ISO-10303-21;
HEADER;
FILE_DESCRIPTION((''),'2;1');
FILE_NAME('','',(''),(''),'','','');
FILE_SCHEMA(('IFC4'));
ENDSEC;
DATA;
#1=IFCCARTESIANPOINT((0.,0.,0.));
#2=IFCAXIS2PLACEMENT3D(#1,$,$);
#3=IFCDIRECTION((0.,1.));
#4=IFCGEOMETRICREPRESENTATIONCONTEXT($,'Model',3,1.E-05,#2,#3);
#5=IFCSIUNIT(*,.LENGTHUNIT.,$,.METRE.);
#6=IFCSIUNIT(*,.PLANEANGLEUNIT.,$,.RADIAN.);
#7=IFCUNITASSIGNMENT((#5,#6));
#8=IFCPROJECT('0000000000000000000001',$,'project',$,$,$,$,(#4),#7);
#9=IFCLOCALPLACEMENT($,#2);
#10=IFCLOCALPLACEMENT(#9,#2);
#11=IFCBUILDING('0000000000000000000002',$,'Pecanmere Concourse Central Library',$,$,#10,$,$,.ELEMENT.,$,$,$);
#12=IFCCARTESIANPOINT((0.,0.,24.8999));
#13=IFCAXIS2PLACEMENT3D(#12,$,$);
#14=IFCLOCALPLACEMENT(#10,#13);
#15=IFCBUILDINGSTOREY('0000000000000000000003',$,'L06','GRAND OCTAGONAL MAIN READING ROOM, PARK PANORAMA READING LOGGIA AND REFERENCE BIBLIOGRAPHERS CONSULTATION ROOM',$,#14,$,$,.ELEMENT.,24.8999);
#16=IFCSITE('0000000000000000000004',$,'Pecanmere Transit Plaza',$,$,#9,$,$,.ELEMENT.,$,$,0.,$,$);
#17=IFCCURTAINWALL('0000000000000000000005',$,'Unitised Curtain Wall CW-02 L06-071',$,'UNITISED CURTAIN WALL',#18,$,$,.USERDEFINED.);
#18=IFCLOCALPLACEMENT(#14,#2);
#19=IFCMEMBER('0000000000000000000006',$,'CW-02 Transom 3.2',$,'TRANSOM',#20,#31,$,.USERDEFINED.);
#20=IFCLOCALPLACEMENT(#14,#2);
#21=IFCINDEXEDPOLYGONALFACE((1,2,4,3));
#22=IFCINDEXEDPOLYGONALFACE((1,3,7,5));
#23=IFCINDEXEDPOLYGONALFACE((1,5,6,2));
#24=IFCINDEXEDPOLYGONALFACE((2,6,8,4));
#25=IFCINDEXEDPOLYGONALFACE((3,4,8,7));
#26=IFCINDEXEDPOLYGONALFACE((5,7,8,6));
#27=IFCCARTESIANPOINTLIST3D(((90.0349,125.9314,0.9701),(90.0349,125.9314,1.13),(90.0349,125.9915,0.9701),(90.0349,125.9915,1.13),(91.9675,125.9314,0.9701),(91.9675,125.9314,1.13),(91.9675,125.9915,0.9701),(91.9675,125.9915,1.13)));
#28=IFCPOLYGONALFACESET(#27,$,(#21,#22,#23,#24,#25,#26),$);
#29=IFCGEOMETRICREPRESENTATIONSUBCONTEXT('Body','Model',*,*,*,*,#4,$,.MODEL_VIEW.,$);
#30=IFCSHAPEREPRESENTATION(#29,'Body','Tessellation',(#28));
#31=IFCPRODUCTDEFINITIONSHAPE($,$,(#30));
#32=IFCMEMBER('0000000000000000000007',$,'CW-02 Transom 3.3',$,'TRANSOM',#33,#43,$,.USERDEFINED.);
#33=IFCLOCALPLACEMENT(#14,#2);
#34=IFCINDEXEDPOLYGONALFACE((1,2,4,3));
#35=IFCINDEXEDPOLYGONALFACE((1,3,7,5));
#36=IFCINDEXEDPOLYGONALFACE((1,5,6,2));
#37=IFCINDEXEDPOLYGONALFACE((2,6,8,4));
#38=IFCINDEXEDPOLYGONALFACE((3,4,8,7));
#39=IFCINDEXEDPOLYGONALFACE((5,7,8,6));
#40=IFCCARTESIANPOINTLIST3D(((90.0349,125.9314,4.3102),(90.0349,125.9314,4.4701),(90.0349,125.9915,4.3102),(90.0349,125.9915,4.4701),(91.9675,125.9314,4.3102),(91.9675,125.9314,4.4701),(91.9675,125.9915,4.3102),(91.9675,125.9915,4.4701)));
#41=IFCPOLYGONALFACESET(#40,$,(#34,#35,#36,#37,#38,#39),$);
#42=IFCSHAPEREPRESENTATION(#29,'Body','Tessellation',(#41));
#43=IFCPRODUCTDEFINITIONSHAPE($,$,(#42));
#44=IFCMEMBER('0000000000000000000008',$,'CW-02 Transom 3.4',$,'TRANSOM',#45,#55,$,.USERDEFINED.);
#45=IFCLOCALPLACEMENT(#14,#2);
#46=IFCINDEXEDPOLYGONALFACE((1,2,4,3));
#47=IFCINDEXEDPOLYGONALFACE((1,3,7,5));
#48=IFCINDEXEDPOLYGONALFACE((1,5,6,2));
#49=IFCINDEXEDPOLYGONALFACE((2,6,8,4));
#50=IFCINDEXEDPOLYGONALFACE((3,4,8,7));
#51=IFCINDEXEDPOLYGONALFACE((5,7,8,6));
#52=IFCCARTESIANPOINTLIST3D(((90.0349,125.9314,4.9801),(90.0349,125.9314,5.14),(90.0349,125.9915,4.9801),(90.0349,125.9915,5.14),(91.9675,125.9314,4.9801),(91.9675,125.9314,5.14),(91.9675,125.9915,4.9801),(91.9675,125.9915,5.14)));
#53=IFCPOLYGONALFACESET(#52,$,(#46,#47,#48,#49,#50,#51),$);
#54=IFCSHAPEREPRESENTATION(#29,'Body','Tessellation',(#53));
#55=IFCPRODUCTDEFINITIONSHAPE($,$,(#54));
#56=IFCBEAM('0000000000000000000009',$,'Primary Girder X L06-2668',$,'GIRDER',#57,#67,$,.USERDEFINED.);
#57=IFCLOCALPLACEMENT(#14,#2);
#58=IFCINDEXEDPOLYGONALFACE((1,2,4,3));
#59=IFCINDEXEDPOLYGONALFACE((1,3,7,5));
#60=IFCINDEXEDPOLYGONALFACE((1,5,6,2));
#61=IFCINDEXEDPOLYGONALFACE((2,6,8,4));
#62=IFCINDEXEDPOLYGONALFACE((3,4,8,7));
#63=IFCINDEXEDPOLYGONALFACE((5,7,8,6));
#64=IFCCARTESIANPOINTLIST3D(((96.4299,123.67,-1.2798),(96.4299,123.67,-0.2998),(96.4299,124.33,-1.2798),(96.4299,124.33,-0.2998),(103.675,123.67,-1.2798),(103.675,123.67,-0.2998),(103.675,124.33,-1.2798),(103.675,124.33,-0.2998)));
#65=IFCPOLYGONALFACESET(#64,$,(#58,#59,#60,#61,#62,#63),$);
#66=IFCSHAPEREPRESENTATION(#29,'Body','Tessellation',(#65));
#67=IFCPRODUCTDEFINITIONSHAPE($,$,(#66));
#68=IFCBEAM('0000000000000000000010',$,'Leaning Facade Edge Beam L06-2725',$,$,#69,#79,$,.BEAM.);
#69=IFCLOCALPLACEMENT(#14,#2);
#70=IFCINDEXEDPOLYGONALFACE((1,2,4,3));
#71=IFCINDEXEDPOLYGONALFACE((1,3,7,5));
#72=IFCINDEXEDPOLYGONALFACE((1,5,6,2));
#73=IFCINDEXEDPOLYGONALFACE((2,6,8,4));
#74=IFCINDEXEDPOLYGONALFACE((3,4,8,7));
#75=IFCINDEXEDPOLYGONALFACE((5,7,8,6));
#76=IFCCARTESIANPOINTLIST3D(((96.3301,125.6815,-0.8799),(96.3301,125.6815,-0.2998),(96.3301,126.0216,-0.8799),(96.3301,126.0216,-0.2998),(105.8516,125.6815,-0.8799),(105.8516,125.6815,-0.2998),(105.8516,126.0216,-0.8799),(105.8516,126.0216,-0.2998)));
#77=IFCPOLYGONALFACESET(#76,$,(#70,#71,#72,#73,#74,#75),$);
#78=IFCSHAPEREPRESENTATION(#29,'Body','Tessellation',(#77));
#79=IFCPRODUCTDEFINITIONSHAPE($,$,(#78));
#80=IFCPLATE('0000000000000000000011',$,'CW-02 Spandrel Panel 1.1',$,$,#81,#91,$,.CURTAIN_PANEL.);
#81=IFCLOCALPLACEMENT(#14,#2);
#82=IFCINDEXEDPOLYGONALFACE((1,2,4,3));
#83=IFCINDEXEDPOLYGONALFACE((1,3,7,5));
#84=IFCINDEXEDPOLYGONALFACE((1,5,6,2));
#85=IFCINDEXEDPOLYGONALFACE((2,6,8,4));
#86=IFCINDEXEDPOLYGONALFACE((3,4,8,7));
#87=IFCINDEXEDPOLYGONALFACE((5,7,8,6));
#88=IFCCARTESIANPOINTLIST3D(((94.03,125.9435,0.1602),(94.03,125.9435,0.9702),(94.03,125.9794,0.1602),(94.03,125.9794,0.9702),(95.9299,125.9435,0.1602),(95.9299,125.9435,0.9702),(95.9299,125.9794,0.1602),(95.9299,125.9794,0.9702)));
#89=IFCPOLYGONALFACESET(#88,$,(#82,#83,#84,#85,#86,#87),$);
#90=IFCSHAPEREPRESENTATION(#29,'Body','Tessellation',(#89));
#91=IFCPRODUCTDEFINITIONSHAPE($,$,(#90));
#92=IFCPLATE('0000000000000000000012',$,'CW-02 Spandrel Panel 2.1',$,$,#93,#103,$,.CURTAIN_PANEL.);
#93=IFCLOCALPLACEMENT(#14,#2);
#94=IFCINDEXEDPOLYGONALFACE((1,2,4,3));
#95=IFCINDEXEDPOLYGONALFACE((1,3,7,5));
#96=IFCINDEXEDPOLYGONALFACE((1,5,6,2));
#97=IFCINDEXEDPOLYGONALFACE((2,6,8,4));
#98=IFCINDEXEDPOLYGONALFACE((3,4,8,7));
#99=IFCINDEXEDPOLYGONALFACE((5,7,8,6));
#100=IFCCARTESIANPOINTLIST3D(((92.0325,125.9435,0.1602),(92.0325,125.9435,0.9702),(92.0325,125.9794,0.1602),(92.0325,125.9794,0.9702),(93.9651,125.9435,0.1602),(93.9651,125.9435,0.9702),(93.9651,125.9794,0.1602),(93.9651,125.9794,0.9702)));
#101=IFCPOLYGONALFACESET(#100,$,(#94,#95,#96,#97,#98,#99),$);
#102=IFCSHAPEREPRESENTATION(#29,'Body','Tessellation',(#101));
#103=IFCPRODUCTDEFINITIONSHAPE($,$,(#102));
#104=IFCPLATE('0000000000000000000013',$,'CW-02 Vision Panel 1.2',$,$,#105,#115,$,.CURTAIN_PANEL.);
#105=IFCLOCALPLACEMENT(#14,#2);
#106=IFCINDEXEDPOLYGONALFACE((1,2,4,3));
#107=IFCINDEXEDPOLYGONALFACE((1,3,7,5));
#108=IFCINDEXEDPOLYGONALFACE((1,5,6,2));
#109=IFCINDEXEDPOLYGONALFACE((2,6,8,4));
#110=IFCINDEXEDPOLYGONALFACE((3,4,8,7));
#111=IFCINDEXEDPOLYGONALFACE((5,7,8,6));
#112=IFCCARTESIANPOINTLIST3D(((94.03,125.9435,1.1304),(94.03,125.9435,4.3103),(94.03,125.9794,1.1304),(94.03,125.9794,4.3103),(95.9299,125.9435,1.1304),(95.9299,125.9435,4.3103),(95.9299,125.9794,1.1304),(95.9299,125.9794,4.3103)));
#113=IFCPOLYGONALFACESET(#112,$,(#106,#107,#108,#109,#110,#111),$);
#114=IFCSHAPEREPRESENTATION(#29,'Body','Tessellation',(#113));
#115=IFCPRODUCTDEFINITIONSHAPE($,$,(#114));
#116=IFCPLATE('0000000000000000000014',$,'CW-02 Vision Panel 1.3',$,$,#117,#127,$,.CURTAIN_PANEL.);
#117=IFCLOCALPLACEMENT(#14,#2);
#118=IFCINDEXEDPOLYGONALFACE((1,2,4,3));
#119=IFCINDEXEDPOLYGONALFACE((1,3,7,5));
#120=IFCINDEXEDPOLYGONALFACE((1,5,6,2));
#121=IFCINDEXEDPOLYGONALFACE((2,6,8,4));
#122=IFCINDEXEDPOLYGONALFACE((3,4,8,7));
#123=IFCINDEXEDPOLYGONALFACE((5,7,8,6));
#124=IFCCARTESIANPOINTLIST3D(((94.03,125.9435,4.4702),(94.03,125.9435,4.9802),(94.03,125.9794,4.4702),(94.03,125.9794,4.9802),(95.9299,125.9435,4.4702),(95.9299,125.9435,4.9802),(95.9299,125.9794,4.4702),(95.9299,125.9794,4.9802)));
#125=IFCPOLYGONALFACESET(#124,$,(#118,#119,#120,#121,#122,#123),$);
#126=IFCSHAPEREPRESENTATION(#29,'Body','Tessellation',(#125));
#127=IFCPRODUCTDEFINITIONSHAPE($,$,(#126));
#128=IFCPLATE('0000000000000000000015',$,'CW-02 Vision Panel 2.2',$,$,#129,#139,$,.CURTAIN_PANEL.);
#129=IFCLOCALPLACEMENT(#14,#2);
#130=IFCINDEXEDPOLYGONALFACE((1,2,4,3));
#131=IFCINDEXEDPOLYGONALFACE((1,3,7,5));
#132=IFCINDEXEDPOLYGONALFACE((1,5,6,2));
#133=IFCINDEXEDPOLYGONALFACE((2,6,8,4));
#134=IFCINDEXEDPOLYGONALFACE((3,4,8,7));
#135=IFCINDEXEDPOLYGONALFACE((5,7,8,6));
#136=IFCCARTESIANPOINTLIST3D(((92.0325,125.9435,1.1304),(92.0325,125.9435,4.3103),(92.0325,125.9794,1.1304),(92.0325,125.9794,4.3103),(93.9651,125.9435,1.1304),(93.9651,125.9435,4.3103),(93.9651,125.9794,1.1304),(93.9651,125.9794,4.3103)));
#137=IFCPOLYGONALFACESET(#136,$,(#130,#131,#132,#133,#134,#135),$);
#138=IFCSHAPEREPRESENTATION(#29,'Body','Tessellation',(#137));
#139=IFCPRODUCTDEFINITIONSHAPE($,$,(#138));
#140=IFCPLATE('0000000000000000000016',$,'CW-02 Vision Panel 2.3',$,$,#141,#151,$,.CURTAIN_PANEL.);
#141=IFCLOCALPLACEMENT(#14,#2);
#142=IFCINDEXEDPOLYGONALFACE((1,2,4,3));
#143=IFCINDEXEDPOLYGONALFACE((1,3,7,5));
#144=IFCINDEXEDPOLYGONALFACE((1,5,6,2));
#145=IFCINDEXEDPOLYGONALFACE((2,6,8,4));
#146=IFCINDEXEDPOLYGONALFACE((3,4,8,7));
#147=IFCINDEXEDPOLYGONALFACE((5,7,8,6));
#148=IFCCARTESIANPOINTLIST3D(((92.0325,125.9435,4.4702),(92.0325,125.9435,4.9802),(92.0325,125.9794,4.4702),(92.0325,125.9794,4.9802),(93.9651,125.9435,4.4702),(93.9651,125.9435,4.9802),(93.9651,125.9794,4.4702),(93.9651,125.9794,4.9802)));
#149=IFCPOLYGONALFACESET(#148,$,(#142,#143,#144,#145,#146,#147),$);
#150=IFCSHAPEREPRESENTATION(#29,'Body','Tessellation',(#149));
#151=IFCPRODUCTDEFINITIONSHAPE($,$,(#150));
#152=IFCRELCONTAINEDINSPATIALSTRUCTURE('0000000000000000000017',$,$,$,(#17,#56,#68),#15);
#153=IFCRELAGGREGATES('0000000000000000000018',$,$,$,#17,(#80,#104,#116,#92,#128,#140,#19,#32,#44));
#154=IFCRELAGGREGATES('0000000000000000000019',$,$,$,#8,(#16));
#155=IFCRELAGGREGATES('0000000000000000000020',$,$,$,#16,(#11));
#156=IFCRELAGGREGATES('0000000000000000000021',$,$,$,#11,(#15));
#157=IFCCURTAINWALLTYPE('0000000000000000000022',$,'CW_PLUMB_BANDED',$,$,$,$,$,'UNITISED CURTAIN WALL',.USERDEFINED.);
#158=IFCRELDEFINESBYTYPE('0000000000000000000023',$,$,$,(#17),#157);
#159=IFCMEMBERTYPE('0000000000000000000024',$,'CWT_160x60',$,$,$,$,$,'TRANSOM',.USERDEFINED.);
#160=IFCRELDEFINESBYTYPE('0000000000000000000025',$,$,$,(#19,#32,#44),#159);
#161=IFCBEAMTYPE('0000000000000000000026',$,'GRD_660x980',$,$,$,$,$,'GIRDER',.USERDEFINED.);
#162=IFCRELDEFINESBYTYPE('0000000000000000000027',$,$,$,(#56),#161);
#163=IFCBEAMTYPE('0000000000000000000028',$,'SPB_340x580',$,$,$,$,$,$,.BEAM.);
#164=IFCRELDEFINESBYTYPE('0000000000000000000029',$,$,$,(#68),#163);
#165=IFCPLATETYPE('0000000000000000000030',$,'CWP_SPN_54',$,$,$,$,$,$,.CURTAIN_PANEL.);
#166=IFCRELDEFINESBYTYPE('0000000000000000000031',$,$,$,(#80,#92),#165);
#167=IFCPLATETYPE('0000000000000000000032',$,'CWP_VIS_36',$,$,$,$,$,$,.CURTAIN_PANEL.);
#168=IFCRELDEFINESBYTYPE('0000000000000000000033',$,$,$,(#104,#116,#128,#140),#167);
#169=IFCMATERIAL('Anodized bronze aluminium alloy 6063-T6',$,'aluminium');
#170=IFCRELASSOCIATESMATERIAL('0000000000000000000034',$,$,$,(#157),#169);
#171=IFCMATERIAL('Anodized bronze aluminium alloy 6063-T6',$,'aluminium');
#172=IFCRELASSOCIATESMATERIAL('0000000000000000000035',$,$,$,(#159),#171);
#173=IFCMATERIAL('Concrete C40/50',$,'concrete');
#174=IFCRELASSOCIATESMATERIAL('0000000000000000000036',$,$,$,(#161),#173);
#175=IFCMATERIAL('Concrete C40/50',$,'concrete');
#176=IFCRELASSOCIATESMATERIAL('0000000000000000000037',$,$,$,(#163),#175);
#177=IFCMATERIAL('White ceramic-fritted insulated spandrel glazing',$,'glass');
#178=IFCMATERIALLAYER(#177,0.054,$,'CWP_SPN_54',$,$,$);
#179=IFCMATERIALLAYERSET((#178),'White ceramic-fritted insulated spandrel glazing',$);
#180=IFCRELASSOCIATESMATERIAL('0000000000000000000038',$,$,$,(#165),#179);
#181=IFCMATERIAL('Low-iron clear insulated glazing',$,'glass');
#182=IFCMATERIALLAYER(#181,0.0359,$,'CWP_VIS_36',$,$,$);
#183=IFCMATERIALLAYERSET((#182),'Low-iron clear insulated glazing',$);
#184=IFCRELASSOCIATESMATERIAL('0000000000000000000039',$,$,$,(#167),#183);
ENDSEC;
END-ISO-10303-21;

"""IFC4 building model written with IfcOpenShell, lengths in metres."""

from ifc_helpers import new_model, si_unit, direction, frame, origin, origin_2d, place, context, subcontext, project, spatial, rectangle, extrude, material, layer, layer_set, material_profile, profile_set, type_object, element, aggregate, save


model = new_model("IFC4")

# Units and contexts
model_context = context("Model", 3, precision=1e-05, world=origin(), true_north=direction((0.0, 1.0)))
body_context = subcontext(model_context, "Body", "Model", "MODEL_VIEW")
ifc_project = project(units=[si_unit("LENGTHUNIT", "METRE"), si_unit("PLANEANGLEUNIT", "RADIAN")], contexts=[model_context])

# Site, building, storey
site_placement = place(None, origin())
site = spatial("IfcSite", under=ifc_project, at=site_placement, Name="Pecanmere Transit Plaza", CompositionType="ELEMENT", RefElevation=0.0)
building_placement = place(site_placement, origin())
building = spatial("IfcBuilding", under=site, at=building_placement, Name="Pecanmere Concourse Central Library", CompositionType="ELEMENT")
storey_placement = place(building_placement, frame((0.0, 0.0, 24.8999)))
storey = spatial("IfcBuildingStorey", under=building, at=storey_placement, Name="L06", Description="GRAND OCTAGONAL MAIN READING ROOM, PARK PANORAMA READING LOGGIA AND REFERENCE BIBLIOGRAPHERS CONSULTATION ROOM", CompositionType="ELEMENT", Elevation=24.8999)

# Shared definitions
ifc_material_1 = material(Name="Anodized bronze aluminium alloy 6063-T6", Category="aluminium")
curtain_wall_type = type_object("IfcCurtainWallType", Name="CW_PLUMB_BANDED", ElementType="UNITISED CURTAIN WALL", PredefinedType="USERDEFINED", material=ifc_material_1)

# Curtain wall, members
curtain_wall_1_placement = place(storey_placement, origin())
curtain_wall_1 = element("IfcCurtainWall", 1, at=curtain_wall_1_placement, inside=storey, type_object=curtain_wall_type, Name="Unitised Curtain Wall CW-02 L06-071", ObjectType="UNITISED CURTAIN WALL", PredefinedType="USERDEFINED")
ifc_material_2 = material(Name="Anodized bronze aluminium alloy 6063-T6", Category="aluminium")
ifc_material_profile_1 = material_profile(ifc_material_2, rectangle(XDim=0.0601, YDim=0.1599, at=origin_2d()), Name="AL 60x160")
ifc_profile_set_1 = profile_set([ifc_material_profile_1], Name="Anodized bronze aluminium alloy 6063-T6")
member_type_1 = type_object("IfcMemberType", Name="CWT_160x60", ElementType="TRANSOM", PredefinedType="USERDEFINED", material=ifc_profile_set_1)
member_1_placement = place(storey_placement, frame((91.9675, 125.9614, 1.05), z_axis=(-1.0, 0.0, 0.0), x_axis=(0.0, -1.0, 0.0)))
member_1 = element("IfcMember", 2, at=member_1_placement, type_object=member_type_1, Name="CW-02 Transom 3.2", ObjectType="TRANSOM", PredefinedType="USERDEFINED", context=body_context, shape_type="SweptSolid", body=[
    extrude(rectangle(XDim=0.0601, YDim=0.1599, at=origin_2d()), origin(), (0.0, 0.0, 1.0), 1.9326),
])
member_2_placement = place(storey_placement, frame((91.9675, 125.9614, 4.3901), z_axis=(-1.0, 0.0, 0.0), x_axis=(0.0, -1.0, 0.0)))
member_2 = element("IfcMember", 3, at=member_2_placement, type_object=member_type_1, Name="CW-02 Transom 3.3", ObjectType="TRANSOM", PredefinedType="USERDEFINED", context=body_context, shape_type="SweptSolid", body=[
    extrude(rectangle(XDim=0.0601, YDim=0.1599, at=origin_2d()), origin(), (0.0, 0.0, 1.0), 1.9326),
])
member_3_placement = place(storey_placement, frame((91.9675, 125.9614, 5.0601), z_axis=(-1.0, 0.0, 0.0), x_axis=(0.0, -1.0, 0.0)))
member_3 = element("IfcMember", 4, at=member_3_placement, type_object=member_type_1, Name="CW-02 Transom 3.4", ObjectType="TRANSOM", PredefinedType="USERDEFINED", context=body_context, shape_type="SweptSolid", body=[
    extrude(rectangle(XDim=0.0601, YDim=0.1599, at=origin_2d()), origin(), (0.0, 0.0, 1.0), 1.9326),
])

# Beams
ifc_material_3 = material(Name="Concrete C40/50", Category="concrete")
ifc_material_profile_2 = material_profile(ifc_material_3, rectangle(XDim=0.6599, YDim=0.98, at=origin_2d()), Name="RC 660x980")
ifc_profile_set_2 = profile_set([ifc_material_profile_2], Name="Concrete C40/50")
beam_type_1 = type_object("IfcBeamType", Name="GRD_660x980", ElementType="GIRDER", PredefinedType="USERDEFINED", material=ifc_profile_set_2)
beam_1_placement = place(storey_placement, frame((96.4299, 124.0, -0.7898), z_axis=(1.0, 0.0, 0.0), x_axis=(0.0, 1.0, 0.0)))
element("IfcBeam", 5, at=beam_1_placement, inside=storey, type_object=beam_type_1, Name="Primary Girder X L06-2668", ObjectType="GIRDER", PredefinedType="USERDEFINED", context=body_context, shape_type="SweptSolid", body=[
    extrude(rectangle(XDim=0.6599, YDim=0.98, at=origin_2d()), origin(), (0.0, 0.0, 1.0), 7.2451),
])
ifc_material_4 = material(Name="Concrete C40/50", Category="concrete")
ifc_material_profile_3 = material_profile(ifc_material_4, rectangle(XDim=0.3401, YDim=0.5801, at=origin_2d()), Name="RC 340x580")
ifc_profile_set_3 = profile_set([ifc_material_profile_3], Name="Concrete C40/50")
beam_type_2 = type_object("IfcBeamType", Name="SPB_340x580", PredefinedType="BEAM", material=ifc_profile_set_3)
beam_2_placement = place(storey_placement, frame((96.3301, 125.8516, -0.5898), z_axis=(1.0, 0.0, 0.0), x_axis=(0.0, 1.0, 0.0)))
element("IfcBeam", 6, at=beam_2_placement, inside=storey, type_object=beam_type_2, Name="Leaning Facade Edge Beam L06-2725", PredefinedType="BEAM", context=body_context, shape_type="SweptSolid", body=[
    extrude(rectangle(XDim=0.3401, YDim=0.5801, at=origin_2d()), origin(), (0.0, 0.0, 1.0), 9.5215),
])

# Plates
ifc_material_5 = material(Name="White ceramic-fritted insulated spandrel glazing", Category="glass")
ifc_layer_1 = layer(ifc_material_5, 0.054, Name="CWP_SPN_54")
ifc_layer_set_1 = layer_set([ifc_layer_1], Name="White ceramic-fritted insulated spandrel glazing")
plate_type_1 = type_object("IfcPlateType", Name="CWP_SPN_54", PredefinedType="CURTAIN_PANEL", material=ifc_layer_set_1)
plate_1_placement = place(storey_placement, frame((94.98, 125.9614, 0.1602), z_axis=(0.0, 0.0, 1.0), x_axis=(-1.0, 0.0, 0.0)))
plate_1 = element("IfcPlate", 7, at=plate_1_placement, type_object=plate_type_1, Name="CW-02 Spandrel Panel 1.1", PredefinedType="CURTAIN_PANEL", context=body_context, shape_type="SweptSolid", body=[
    extrude(rectangle(XDim=1.8999, YDim=0.0359, at=origin_2d()), origin(), (0.0, 0.0, 1.0), 0.8101),
])
plate_2_placement = place(storey_placement, frame((92.9988, 125.9614, 0.1602), z_axis=(0.0, 0.0, 1.0), x_axis=(-1.0, 0.0, 0.0)))
plate_2 = element("IfcPlate", 8, at=plate_2_placement, type_object=plate_type_1, Name="CW-02 Spandrel Panel 2.1", PredefinedType="CURTAIN_PANEL", context=body_context, shape_type="SweptSolid", body=[
    extrude(rectangle(XDim=1.9326, YDim=0.0359, at=origin_2d()), origin(), (0.0, 0.0, 1.0), 0.8101),
])
ifc_material_6 = material(Name="Low-iron clear insulated glazing", Category="glass")
ifc_layer_2 = layer(ifc_material_6, 0.0359, Name="CWP_VIS_36")
ifc_layer_set_2 = layer_set([ifc_layer_2], Name="Low-iron clear insulated glazing")
plate_type_2 = type_object("IfcPlateType", Name="CWP_VIS_36", PredefinedType="CURTAIN_PANEL", material=ifc_layer_set_2)
plate_3_placement = place(storey_placement, frame((94.98, 125.9614, 1.1304), z_axis=(0.0, 0.0, 1.0), x_axis=(-1.0, 0.0, 0.0)))
plate_3 = element("IfcPlate", 9, at=plate_3_placement, type_object=plate_type_2, Name="CW-02 Vision Panel 1.2", PredefinedType="CURTAIN_PANEL", context=body_context, shape_type="SweptSolid", body=[
    extrude(rectangle(XDim=1.8999, YDim=0.0359, at=origin_2d()), origin(), (0.0, 0.0, 1.0), 3.1799),
])
plate_4_placement = place(storey_placement, frame((94.98, 125.9614, 4.4702), z_axis=(0.0, 0.0, 1.0), x_axis=(-1.0, 0.0, 0.0)))
plate_4 = element("IfcPlate", 10, at=plate_4_placement, type_object=plate_type_2, Name="CW-02 Vision Panel 1.3", PredefinedType="CURTAIN_PANEL", context=body_context, shape_type="SweptSolid", body=[
    extrude(rectangle(XDim=1.8999, YDim=0.0359, at=origin_2d()), origin(), (0.0, 0.0, 1.0), 0.51),
])
plate_5_placement = place(storey_placement, frame((92.9988, 125.9614, 1.1304), z_axis=(0.0, 0.0, 1.0), x_axis=(-1.0, 0.0, 0.0)))
plate_5 = element("IfcPlate", 11, at=plate_5_placement, type_object=plate_type_2, Name="CW-02 Vision Panel 2.2", PredefinedType="CURTAIN_PANEL", context=body_context, shape_type="SweptSolid", body=[
    extrude(rectangle(XDim=1.9326, YDim=0.0359, at=origin_2d()), origin(), (0.0, 0.0, 1.0), 3.1799),
])
plate_6_placement = place(storey_placement, frame((92.9988, 125.9614, 4.4702), z_axis=(0.0, 0.0, 1.0), x_axis=(-1.0, 0.0, 0.0)))
plate_6 = element("IfcPlate", 12, at=plate_6_placement, type_object=plate_type_2, Name="CW-02 Vision Panel 2.3", PredefinedType="CURTAIN_PANEL", context=body_context, shape_type="SweptSolid", body=[
    extrude(rectangle(XDim=1.9326, YDim=0.0359, at=origin_2d()), origin(), (0.0, 0.0, 1.0), 0.51),
])
aggregate(curtain_wall_1, [plate_1, plate_3, plate_4, plate_2, plate_5, plate_6, member_1, member_2, member_3])

save(model, "model.ifc")
